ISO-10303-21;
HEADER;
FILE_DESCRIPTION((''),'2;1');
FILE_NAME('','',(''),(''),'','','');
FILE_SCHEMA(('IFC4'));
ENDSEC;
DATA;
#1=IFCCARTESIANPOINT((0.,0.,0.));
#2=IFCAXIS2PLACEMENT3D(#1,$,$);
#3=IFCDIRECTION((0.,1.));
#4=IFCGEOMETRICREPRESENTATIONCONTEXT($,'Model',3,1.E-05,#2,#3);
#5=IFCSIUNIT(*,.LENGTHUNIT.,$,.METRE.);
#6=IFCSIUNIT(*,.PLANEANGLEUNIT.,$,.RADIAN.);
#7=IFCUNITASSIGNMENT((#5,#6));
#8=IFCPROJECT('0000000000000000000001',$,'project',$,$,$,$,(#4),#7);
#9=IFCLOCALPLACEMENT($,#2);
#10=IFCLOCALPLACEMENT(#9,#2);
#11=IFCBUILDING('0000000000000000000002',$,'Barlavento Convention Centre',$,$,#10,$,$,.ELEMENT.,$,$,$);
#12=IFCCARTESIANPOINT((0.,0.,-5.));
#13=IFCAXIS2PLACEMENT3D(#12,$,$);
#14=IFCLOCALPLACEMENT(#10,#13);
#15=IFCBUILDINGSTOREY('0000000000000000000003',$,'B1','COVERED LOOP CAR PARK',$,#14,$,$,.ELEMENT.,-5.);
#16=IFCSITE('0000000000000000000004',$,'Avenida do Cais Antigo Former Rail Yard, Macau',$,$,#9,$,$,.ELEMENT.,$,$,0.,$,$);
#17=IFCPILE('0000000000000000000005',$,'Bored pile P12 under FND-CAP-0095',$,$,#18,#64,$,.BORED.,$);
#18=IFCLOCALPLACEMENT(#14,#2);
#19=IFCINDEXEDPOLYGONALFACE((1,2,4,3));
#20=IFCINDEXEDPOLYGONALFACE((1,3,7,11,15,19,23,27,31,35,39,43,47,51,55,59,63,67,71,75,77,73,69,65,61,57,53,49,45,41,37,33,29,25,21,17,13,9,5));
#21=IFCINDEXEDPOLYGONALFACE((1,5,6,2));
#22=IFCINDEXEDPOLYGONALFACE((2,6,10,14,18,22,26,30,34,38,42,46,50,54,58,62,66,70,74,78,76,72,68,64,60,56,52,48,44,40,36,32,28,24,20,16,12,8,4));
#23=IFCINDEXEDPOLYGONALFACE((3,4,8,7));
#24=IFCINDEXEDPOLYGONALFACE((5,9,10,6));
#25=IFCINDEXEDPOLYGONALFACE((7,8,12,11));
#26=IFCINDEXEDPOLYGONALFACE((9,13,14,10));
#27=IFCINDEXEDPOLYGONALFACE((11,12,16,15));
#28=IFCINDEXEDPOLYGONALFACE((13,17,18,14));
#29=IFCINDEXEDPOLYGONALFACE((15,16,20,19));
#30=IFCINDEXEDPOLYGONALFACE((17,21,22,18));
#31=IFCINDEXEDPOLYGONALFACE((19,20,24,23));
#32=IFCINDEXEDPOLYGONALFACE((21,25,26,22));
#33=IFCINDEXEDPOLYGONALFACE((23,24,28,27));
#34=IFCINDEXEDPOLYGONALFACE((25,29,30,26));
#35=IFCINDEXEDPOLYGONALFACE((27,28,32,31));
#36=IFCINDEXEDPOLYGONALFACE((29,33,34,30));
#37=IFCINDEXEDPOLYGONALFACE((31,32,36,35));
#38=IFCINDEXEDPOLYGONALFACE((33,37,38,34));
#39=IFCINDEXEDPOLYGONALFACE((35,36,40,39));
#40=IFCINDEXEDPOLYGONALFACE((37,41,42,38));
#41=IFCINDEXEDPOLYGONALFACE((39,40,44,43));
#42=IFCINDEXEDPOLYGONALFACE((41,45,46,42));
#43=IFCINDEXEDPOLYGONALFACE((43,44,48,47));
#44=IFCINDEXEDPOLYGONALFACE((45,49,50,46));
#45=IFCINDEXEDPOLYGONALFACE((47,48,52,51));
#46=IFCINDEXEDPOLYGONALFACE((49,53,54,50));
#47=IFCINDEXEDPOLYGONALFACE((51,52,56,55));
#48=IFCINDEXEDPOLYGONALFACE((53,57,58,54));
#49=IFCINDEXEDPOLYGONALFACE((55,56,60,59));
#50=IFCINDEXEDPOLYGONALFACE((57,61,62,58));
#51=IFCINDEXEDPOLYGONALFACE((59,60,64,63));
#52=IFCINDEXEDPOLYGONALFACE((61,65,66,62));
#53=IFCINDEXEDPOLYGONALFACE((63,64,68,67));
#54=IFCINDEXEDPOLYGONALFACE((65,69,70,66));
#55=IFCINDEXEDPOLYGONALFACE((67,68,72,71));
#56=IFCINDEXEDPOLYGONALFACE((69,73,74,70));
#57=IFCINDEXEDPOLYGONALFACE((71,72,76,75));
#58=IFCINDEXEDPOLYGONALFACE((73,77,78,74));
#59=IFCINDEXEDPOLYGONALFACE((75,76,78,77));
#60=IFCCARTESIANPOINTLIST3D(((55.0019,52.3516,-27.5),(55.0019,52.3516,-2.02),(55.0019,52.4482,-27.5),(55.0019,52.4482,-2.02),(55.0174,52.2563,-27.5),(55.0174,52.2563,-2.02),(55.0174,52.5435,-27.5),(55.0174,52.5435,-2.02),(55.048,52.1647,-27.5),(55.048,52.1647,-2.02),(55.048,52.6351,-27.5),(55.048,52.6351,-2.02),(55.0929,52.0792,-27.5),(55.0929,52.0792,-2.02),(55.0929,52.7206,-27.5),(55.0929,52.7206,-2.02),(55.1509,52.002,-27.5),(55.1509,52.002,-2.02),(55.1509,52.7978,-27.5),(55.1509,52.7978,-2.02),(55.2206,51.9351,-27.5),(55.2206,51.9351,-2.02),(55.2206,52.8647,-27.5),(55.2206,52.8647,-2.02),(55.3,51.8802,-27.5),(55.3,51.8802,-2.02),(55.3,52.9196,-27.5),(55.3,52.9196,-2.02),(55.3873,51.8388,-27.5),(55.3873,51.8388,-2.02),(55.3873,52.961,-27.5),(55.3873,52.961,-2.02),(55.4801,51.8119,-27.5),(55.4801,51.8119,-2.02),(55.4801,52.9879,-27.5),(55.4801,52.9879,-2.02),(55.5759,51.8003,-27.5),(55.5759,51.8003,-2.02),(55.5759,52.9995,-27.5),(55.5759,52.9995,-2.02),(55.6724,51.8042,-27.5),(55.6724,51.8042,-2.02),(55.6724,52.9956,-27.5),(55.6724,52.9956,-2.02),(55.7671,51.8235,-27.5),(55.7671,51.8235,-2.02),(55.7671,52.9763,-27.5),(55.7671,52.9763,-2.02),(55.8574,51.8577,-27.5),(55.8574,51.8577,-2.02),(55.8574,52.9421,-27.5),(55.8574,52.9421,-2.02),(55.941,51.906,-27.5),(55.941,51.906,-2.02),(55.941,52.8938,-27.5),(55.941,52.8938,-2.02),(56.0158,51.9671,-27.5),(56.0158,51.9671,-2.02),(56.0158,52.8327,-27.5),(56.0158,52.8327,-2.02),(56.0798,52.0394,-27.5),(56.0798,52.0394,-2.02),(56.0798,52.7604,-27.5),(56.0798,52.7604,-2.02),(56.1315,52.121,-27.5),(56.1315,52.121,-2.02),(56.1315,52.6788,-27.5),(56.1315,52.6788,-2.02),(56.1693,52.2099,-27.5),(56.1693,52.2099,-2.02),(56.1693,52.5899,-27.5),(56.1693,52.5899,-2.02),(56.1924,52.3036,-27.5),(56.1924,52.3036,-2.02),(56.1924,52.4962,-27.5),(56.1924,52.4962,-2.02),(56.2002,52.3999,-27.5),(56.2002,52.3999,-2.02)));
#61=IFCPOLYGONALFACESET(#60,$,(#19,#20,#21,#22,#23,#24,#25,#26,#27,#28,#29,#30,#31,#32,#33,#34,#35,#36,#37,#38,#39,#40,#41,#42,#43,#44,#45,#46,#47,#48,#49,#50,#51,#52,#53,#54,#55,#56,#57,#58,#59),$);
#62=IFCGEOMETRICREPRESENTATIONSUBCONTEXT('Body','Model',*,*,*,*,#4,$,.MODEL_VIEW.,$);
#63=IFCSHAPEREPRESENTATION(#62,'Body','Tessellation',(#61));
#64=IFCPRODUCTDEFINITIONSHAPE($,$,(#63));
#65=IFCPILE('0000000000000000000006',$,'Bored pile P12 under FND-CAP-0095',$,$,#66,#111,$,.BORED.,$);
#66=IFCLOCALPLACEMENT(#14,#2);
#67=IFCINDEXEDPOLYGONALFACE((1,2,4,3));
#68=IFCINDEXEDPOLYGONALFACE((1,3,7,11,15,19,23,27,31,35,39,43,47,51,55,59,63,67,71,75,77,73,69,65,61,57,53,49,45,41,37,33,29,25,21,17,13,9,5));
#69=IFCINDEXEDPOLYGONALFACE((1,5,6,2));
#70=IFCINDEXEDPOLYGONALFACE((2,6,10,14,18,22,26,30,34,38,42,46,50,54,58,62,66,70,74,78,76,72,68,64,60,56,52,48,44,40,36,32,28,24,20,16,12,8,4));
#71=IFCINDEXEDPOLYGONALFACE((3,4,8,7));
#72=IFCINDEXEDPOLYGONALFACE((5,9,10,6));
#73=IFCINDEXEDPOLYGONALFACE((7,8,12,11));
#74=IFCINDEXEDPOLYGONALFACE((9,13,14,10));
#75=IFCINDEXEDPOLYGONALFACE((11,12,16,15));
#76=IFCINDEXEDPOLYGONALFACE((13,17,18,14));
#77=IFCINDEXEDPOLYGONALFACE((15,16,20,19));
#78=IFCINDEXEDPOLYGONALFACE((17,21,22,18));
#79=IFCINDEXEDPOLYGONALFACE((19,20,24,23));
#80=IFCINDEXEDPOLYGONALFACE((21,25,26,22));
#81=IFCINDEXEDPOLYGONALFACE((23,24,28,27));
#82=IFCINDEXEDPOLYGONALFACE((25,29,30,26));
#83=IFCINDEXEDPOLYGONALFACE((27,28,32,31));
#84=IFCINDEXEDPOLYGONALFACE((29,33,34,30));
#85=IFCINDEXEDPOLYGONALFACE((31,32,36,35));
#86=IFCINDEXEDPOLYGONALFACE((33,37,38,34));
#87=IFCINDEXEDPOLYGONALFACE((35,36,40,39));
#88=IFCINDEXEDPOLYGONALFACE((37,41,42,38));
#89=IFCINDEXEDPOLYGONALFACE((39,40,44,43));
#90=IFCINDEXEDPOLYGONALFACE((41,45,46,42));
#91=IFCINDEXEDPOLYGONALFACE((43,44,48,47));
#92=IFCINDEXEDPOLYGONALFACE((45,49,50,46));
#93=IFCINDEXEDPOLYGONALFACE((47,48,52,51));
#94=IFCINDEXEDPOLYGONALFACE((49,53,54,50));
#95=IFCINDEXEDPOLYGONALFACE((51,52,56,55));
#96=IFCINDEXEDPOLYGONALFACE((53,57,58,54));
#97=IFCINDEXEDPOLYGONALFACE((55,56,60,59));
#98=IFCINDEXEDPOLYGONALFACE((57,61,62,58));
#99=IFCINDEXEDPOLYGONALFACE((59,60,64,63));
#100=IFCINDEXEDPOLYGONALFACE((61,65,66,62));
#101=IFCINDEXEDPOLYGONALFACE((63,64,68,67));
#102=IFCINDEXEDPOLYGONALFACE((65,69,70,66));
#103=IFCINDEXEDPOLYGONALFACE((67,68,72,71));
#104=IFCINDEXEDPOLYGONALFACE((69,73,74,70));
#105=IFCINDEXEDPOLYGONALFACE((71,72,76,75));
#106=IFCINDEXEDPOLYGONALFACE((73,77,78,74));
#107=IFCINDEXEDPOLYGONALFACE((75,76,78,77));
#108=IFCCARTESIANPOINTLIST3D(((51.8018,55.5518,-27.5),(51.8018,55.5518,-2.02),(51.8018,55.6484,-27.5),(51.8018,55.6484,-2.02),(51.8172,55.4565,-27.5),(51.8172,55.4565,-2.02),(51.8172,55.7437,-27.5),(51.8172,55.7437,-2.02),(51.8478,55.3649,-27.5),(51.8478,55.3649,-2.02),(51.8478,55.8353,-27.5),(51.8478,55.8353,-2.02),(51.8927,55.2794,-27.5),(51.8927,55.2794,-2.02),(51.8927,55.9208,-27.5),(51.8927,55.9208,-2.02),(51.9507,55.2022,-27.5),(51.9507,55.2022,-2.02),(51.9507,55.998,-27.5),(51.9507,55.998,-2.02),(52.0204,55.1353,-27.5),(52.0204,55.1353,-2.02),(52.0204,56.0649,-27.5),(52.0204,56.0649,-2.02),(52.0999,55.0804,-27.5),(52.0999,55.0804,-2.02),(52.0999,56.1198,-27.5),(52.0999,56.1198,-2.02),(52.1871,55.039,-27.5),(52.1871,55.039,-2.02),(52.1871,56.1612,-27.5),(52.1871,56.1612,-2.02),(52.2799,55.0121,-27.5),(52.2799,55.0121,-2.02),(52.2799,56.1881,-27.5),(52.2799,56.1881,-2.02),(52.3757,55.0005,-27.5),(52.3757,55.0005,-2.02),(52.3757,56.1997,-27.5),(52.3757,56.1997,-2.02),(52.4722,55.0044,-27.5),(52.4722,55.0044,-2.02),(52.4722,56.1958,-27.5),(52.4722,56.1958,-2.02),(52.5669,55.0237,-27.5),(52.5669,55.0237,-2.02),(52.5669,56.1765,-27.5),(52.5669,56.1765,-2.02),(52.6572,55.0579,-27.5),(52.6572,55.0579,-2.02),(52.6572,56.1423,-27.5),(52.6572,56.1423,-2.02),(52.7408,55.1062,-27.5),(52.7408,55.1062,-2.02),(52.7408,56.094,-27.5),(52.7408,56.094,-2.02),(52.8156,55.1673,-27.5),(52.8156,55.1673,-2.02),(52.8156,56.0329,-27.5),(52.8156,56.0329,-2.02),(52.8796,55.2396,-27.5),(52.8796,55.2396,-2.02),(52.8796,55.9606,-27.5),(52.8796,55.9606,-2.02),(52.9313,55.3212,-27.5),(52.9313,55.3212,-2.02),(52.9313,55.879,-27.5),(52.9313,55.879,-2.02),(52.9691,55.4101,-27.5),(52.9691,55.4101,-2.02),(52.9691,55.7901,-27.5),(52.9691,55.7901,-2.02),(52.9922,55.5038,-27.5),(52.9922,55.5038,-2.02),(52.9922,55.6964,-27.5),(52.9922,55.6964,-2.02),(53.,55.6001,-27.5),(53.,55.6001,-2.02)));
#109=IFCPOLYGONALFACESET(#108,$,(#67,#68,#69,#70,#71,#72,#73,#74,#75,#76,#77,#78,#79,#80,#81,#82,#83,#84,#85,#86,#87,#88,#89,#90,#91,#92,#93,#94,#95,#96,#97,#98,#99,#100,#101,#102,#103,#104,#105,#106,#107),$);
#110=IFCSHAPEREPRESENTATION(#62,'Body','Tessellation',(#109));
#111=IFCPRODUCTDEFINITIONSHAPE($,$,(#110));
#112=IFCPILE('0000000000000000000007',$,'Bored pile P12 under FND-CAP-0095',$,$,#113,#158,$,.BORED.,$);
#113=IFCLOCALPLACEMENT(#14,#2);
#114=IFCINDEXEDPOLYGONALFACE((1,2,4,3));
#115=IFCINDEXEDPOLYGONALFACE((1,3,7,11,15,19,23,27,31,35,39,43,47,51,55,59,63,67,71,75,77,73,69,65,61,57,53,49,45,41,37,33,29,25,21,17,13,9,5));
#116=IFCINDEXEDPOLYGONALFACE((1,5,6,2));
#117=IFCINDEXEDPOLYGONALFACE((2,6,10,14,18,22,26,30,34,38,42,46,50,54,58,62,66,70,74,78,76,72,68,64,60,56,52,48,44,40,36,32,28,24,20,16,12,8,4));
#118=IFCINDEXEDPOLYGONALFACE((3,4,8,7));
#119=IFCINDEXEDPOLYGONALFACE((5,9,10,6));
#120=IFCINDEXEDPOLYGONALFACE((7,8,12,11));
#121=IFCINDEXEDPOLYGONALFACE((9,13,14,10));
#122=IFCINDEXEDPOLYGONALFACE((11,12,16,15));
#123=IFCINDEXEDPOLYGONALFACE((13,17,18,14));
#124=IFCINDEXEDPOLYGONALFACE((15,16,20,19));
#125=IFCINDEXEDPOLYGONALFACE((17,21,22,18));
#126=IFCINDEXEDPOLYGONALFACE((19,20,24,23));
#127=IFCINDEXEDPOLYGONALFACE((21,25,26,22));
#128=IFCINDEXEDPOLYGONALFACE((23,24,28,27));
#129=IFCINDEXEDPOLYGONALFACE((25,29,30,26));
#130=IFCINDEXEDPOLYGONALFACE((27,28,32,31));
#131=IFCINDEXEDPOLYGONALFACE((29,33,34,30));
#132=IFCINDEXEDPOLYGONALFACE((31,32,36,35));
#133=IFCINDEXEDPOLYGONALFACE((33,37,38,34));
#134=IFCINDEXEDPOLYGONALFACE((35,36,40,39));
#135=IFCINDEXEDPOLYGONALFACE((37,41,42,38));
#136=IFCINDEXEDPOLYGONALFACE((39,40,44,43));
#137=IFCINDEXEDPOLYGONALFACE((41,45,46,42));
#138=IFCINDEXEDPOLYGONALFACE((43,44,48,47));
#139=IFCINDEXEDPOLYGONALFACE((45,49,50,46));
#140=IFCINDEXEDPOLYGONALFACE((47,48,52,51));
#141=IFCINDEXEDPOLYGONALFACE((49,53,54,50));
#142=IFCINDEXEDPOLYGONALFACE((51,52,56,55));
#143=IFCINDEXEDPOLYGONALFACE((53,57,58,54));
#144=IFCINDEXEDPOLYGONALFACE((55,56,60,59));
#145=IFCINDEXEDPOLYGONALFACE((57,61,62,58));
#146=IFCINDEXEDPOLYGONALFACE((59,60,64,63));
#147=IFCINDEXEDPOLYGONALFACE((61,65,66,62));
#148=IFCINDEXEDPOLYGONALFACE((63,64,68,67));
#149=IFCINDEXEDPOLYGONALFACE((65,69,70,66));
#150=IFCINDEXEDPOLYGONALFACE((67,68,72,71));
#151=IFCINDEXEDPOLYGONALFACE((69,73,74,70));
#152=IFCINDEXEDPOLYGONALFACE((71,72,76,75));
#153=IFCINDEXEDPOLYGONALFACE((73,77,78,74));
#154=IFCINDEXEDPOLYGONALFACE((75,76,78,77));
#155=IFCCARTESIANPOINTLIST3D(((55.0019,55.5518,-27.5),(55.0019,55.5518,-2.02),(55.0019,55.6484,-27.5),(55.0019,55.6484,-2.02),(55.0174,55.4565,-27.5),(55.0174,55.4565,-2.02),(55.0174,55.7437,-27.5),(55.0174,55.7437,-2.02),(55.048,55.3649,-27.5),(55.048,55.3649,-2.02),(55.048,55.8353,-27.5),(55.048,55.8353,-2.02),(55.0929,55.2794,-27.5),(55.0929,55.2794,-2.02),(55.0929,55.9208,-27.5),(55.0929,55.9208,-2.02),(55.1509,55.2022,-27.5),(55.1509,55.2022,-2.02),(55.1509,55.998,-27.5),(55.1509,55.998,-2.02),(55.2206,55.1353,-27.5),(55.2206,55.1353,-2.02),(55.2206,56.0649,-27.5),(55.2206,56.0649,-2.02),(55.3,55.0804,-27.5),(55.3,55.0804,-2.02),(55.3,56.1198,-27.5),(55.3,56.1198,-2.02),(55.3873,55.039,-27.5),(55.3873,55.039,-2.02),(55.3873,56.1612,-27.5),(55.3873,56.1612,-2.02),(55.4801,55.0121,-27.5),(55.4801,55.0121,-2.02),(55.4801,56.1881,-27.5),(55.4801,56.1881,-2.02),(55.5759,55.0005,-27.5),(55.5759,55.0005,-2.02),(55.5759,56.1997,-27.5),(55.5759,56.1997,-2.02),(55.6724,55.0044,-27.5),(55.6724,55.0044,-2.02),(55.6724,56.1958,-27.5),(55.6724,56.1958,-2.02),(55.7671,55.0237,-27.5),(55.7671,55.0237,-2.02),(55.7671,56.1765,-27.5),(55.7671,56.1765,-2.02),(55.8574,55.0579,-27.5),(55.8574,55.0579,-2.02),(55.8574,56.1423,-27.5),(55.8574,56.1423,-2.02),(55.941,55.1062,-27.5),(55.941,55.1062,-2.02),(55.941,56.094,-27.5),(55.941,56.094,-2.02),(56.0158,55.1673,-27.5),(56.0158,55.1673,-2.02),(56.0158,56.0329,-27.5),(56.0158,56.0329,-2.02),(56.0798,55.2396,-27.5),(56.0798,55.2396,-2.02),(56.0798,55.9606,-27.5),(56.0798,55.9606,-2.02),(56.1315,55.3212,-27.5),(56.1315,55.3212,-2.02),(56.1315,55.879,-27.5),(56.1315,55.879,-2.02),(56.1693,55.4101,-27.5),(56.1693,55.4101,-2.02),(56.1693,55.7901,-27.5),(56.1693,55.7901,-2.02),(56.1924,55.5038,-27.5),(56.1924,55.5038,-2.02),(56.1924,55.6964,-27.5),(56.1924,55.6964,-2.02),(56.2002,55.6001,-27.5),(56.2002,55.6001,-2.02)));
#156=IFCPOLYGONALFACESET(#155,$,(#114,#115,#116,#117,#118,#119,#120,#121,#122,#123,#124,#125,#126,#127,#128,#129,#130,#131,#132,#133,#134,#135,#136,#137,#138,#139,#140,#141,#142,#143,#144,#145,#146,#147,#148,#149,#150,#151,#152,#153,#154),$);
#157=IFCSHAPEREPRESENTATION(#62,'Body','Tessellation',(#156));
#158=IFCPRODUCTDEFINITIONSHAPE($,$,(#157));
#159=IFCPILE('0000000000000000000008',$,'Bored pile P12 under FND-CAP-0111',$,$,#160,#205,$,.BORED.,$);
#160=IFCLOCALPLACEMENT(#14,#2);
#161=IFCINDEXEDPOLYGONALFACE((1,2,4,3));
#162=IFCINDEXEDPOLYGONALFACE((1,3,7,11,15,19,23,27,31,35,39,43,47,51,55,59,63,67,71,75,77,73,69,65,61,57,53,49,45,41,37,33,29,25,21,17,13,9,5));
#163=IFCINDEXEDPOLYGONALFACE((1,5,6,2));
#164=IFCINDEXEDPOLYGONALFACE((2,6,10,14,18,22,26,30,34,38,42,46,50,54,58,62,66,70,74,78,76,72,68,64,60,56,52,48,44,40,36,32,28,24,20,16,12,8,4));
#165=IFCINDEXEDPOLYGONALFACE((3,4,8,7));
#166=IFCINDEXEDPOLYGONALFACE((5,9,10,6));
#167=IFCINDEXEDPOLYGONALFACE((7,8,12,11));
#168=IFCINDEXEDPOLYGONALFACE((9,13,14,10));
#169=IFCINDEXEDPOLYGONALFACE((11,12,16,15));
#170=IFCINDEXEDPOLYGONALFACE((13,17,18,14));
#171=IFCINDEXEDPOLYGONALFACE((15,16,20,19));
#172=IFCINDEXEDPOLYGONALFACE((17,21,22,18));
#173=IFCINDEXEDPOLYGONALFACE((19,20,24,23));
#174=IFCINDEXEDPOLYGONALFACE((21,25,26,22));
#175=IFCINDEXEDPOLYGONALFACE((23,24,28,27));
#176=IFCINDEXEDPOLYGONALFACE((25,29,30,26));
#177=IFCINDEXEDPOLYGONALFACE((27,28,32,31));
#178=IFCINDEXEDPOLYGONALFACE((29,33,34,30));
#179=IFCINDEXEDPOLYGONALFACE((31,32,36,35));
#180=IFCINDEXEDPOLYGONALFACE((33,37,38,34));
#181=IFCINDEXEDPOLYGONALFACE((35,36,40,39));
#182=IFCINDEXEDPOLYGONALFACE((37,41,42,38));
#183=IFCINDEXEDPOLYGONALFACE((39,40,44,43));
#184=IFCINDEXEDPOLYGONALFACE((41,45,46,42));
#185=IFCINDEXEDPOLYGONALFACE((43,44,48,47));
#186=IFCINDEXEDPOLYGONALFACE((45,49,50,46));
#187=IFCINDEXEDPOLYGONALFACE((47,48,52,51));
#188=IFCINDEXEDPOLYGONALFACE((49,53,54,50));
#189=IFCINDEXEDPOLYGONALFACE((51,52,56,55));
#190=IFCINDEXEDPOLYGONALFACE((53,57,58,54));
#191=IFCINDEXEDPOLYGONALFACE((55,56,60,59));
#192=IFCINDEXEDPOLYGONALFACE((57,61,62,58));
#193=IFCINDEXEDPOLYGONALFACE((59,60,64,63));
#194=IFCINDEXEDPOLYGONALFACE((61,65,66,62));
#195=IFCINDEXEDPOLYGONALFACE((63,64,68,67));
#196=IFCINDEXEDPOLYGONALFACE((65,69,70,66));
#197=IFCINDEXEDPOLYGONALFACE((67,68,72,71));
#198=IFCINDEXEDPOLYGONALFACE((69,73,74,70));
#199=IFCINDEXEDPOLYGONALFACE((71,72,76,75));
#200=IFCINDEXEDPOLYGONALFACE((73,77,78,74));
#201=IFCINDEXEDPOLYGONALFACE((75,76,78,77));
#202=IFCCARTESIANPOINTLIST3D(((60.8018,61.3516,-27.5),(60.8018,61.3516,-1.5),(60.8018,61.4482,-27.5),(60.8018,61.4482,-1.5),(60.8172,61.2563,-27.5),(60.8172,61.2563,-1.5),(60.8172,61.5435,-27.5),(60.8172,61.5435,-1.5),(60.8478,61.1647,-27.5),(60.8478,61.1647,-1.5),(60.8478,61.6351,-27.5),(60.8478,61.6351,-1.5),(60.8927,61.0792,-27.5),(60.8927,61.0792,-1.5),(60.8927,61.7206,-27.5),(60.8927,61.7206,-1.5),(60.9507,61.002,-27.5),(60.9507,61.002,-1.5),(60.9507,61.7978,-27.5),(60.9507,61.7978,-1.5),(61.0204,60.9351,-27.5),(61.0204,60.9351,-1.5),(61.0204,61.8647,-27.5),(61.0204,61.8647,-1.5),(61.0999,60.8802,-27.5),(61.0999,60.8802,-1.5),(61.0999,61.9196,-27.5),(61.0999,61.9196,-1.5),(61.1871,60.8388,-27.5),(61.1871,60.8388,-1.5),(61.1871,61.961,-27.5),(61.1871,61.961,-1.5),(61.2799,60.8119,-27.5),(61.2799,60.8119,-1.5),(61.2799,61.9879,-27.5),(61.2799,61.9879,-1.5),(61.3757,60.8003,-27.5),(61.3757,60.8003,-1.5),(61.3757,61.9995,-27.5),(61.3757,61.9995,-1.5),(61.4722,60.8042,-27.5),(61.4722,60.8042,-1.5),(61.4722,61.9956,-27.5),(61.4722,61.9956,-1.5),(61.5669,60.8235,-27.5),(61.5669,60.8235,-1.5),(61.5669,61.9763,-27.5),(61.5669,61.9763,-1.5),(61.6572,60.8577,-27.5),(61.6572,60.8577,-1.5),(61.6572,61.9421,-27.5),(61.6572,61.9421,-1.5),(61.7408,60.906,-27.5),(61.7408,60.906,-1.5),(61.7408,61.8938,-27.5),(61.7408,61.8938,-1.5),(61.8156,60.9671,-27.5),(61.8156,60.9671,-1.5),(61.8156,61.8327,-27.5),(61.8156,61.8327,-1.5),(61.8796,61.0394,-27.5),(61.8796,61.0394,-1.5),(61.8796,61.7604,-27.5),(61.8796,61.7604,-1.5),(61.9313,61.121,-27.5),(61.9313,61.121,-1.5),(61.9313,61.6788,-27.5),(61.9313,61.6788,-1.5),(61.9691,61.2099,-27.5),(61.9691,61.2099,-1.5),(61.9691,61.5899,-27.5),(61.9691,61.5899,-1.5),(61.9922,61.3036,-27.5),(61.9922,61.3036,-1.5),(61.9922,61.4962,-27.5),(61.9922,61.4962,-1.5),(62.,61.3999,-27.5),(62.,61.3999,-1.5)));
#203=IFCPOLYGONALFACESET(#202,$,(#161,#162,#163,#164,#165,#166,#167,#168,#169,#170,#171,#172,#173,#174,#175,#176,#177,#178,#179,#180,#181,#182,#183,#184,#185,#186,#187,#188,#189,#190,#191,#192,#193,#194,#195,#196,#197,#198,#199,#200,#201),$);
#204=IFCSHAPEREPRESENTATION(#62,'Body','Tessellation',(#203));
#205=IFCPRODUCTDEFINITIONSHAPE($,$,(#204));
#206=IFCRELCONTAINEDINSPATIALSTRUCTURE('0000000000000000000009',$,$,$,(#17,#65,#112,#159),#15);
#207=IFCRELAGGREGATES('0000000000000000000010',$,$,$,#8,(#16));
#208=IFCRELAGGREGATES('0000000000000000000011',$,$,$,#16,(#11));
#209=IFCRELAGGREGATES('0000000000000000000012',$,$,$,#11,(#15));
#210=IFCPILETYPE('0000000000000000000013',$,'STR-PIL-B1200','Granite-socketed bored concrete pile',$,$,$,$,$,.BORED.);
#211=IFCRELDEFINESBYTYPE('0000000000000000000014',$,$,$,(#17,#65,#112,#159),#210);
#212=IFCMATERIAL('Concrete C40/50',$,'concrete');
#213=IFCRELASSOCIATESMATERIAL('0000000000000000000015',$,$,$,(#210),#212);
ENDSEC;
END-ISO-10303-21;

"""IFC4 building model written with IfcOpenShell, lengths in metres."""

from ifc_helpers import new_model, si_unit, direction, frame, origin, origin_2d, place, context, subcontext, project, spatial, circle, extrude, material, material_profile, profile_set, type_object, element, save


model = new_model("IFC4")

# Units and contexts
model_context = context("Model", 3, precision=1e-05, world=origin(), true_north=direction((0.0, 1.0)))
body_context = subcontext(model_context, "Body", "Model", "MODEL_VIEW")
ifc_project = project(units=[si_unit("LENGTHUNIT", "METRE"), si_unit("PLANEANGLEUNIT", "RADIAN")], contexts=[model_context])

# Site, building, storey
site_placement = place(None, origin())
site = spatial("IfcSite", under=ifc_project, at=site_placement, Name="Avenida do Cais Antigo Former Rail Yard, Macau", CompositionType="ELEMENT", RefElevation=0.0)
building_placement = place(site_placement, origin())
building = spatial("IfcBuilding", under=site, at=building_placement, Name="Barlavento Convention Centre", CompositionType="ELEMENT")
storey_placement = place(building_placement, frame((0.0, 0.0, -5.0)))
storey = spatial("IfcBuildingStorey", under=building, at=storey_placement, Name="B1", Description="COVERED LOOP CAR PARK", CompositionType="ELEMENT", Elevation=-5.0)

# Shared definitions
ifc_material_1 = material(Name="Concrete C40/50", Category="concrete")

# Piles
ifc_material_profile_1 = material_profile(ifc_material_1, circle(Radius=0.6001, at=origin_2d()), Name="BORED PILE 1200")
ifc_profile_set_1 = profile_set([ifc_material_profile_1], Name="Concrete C40/50")
pile_type_1 = type_object("IfcPileType", Name="STR-PIL-B1200", Description="Granite-socketed bored concrete pile", PredefinedType="BORED", material=ifc_profile_set_1)
for number, where, z_axis, x_axis, name in (
    (1, (55.6001, 52.3999, -2.02), (0.0, 0.0, -1.0), (1.0, 0.0, 0.0), "Bored pile P12 under FND-CAP-0095"),
    (2, (52.3999, 55.6001, -2.02), (0.0, 0.0, -1.0), (1.0, 0.0, 0.0), "Bored pile P12 under FND-CAP-0095"),
    (3, (55.6001, 55.6001, -2.02), (0.0, 0.0, -1.0), (1.0, 0.0, 0.0), "Bored pile P12 under FND-CAP-0095"),
):
    element("IfcPile", number, at=place(storey_placement, frame(where, z_axis=z_axis, x_axis=x_axis)), inside=storey, type_object=pile_type_1, Name=name, PredefinedType="BORED", context=body_context, shape_type="SweptSolid", body=[
        extrude(circle(Radius=0.6001, at=origin_2d()), origin(), (0.0, 0.0, 1.0), 25.48),
    ])
for number, where, z_axis, x_axis, name in (
    (4, (61.3999, 61.3999, -1.5), (0.0, 0.0, -1.0), (1.0, 0.0, 0.0), "Bored pile P12 under FND-CAP-0111"),
):
    element("IfcPile", number, at=place(storey_placement, frame(where, z_axis=z_axis, x_axis=x_axis)), inside=storey, type_object=pile_type_1, Name=name, PredefinedType="BORED", context=body_context, shape_type="SweptSolid", body=[
        extrude(circle(Radius=0.6001, at=origin_2d()), origin(), (0.0, 0.0, 1.0), 26.0),
    ])

save(model, "model.ifc")
